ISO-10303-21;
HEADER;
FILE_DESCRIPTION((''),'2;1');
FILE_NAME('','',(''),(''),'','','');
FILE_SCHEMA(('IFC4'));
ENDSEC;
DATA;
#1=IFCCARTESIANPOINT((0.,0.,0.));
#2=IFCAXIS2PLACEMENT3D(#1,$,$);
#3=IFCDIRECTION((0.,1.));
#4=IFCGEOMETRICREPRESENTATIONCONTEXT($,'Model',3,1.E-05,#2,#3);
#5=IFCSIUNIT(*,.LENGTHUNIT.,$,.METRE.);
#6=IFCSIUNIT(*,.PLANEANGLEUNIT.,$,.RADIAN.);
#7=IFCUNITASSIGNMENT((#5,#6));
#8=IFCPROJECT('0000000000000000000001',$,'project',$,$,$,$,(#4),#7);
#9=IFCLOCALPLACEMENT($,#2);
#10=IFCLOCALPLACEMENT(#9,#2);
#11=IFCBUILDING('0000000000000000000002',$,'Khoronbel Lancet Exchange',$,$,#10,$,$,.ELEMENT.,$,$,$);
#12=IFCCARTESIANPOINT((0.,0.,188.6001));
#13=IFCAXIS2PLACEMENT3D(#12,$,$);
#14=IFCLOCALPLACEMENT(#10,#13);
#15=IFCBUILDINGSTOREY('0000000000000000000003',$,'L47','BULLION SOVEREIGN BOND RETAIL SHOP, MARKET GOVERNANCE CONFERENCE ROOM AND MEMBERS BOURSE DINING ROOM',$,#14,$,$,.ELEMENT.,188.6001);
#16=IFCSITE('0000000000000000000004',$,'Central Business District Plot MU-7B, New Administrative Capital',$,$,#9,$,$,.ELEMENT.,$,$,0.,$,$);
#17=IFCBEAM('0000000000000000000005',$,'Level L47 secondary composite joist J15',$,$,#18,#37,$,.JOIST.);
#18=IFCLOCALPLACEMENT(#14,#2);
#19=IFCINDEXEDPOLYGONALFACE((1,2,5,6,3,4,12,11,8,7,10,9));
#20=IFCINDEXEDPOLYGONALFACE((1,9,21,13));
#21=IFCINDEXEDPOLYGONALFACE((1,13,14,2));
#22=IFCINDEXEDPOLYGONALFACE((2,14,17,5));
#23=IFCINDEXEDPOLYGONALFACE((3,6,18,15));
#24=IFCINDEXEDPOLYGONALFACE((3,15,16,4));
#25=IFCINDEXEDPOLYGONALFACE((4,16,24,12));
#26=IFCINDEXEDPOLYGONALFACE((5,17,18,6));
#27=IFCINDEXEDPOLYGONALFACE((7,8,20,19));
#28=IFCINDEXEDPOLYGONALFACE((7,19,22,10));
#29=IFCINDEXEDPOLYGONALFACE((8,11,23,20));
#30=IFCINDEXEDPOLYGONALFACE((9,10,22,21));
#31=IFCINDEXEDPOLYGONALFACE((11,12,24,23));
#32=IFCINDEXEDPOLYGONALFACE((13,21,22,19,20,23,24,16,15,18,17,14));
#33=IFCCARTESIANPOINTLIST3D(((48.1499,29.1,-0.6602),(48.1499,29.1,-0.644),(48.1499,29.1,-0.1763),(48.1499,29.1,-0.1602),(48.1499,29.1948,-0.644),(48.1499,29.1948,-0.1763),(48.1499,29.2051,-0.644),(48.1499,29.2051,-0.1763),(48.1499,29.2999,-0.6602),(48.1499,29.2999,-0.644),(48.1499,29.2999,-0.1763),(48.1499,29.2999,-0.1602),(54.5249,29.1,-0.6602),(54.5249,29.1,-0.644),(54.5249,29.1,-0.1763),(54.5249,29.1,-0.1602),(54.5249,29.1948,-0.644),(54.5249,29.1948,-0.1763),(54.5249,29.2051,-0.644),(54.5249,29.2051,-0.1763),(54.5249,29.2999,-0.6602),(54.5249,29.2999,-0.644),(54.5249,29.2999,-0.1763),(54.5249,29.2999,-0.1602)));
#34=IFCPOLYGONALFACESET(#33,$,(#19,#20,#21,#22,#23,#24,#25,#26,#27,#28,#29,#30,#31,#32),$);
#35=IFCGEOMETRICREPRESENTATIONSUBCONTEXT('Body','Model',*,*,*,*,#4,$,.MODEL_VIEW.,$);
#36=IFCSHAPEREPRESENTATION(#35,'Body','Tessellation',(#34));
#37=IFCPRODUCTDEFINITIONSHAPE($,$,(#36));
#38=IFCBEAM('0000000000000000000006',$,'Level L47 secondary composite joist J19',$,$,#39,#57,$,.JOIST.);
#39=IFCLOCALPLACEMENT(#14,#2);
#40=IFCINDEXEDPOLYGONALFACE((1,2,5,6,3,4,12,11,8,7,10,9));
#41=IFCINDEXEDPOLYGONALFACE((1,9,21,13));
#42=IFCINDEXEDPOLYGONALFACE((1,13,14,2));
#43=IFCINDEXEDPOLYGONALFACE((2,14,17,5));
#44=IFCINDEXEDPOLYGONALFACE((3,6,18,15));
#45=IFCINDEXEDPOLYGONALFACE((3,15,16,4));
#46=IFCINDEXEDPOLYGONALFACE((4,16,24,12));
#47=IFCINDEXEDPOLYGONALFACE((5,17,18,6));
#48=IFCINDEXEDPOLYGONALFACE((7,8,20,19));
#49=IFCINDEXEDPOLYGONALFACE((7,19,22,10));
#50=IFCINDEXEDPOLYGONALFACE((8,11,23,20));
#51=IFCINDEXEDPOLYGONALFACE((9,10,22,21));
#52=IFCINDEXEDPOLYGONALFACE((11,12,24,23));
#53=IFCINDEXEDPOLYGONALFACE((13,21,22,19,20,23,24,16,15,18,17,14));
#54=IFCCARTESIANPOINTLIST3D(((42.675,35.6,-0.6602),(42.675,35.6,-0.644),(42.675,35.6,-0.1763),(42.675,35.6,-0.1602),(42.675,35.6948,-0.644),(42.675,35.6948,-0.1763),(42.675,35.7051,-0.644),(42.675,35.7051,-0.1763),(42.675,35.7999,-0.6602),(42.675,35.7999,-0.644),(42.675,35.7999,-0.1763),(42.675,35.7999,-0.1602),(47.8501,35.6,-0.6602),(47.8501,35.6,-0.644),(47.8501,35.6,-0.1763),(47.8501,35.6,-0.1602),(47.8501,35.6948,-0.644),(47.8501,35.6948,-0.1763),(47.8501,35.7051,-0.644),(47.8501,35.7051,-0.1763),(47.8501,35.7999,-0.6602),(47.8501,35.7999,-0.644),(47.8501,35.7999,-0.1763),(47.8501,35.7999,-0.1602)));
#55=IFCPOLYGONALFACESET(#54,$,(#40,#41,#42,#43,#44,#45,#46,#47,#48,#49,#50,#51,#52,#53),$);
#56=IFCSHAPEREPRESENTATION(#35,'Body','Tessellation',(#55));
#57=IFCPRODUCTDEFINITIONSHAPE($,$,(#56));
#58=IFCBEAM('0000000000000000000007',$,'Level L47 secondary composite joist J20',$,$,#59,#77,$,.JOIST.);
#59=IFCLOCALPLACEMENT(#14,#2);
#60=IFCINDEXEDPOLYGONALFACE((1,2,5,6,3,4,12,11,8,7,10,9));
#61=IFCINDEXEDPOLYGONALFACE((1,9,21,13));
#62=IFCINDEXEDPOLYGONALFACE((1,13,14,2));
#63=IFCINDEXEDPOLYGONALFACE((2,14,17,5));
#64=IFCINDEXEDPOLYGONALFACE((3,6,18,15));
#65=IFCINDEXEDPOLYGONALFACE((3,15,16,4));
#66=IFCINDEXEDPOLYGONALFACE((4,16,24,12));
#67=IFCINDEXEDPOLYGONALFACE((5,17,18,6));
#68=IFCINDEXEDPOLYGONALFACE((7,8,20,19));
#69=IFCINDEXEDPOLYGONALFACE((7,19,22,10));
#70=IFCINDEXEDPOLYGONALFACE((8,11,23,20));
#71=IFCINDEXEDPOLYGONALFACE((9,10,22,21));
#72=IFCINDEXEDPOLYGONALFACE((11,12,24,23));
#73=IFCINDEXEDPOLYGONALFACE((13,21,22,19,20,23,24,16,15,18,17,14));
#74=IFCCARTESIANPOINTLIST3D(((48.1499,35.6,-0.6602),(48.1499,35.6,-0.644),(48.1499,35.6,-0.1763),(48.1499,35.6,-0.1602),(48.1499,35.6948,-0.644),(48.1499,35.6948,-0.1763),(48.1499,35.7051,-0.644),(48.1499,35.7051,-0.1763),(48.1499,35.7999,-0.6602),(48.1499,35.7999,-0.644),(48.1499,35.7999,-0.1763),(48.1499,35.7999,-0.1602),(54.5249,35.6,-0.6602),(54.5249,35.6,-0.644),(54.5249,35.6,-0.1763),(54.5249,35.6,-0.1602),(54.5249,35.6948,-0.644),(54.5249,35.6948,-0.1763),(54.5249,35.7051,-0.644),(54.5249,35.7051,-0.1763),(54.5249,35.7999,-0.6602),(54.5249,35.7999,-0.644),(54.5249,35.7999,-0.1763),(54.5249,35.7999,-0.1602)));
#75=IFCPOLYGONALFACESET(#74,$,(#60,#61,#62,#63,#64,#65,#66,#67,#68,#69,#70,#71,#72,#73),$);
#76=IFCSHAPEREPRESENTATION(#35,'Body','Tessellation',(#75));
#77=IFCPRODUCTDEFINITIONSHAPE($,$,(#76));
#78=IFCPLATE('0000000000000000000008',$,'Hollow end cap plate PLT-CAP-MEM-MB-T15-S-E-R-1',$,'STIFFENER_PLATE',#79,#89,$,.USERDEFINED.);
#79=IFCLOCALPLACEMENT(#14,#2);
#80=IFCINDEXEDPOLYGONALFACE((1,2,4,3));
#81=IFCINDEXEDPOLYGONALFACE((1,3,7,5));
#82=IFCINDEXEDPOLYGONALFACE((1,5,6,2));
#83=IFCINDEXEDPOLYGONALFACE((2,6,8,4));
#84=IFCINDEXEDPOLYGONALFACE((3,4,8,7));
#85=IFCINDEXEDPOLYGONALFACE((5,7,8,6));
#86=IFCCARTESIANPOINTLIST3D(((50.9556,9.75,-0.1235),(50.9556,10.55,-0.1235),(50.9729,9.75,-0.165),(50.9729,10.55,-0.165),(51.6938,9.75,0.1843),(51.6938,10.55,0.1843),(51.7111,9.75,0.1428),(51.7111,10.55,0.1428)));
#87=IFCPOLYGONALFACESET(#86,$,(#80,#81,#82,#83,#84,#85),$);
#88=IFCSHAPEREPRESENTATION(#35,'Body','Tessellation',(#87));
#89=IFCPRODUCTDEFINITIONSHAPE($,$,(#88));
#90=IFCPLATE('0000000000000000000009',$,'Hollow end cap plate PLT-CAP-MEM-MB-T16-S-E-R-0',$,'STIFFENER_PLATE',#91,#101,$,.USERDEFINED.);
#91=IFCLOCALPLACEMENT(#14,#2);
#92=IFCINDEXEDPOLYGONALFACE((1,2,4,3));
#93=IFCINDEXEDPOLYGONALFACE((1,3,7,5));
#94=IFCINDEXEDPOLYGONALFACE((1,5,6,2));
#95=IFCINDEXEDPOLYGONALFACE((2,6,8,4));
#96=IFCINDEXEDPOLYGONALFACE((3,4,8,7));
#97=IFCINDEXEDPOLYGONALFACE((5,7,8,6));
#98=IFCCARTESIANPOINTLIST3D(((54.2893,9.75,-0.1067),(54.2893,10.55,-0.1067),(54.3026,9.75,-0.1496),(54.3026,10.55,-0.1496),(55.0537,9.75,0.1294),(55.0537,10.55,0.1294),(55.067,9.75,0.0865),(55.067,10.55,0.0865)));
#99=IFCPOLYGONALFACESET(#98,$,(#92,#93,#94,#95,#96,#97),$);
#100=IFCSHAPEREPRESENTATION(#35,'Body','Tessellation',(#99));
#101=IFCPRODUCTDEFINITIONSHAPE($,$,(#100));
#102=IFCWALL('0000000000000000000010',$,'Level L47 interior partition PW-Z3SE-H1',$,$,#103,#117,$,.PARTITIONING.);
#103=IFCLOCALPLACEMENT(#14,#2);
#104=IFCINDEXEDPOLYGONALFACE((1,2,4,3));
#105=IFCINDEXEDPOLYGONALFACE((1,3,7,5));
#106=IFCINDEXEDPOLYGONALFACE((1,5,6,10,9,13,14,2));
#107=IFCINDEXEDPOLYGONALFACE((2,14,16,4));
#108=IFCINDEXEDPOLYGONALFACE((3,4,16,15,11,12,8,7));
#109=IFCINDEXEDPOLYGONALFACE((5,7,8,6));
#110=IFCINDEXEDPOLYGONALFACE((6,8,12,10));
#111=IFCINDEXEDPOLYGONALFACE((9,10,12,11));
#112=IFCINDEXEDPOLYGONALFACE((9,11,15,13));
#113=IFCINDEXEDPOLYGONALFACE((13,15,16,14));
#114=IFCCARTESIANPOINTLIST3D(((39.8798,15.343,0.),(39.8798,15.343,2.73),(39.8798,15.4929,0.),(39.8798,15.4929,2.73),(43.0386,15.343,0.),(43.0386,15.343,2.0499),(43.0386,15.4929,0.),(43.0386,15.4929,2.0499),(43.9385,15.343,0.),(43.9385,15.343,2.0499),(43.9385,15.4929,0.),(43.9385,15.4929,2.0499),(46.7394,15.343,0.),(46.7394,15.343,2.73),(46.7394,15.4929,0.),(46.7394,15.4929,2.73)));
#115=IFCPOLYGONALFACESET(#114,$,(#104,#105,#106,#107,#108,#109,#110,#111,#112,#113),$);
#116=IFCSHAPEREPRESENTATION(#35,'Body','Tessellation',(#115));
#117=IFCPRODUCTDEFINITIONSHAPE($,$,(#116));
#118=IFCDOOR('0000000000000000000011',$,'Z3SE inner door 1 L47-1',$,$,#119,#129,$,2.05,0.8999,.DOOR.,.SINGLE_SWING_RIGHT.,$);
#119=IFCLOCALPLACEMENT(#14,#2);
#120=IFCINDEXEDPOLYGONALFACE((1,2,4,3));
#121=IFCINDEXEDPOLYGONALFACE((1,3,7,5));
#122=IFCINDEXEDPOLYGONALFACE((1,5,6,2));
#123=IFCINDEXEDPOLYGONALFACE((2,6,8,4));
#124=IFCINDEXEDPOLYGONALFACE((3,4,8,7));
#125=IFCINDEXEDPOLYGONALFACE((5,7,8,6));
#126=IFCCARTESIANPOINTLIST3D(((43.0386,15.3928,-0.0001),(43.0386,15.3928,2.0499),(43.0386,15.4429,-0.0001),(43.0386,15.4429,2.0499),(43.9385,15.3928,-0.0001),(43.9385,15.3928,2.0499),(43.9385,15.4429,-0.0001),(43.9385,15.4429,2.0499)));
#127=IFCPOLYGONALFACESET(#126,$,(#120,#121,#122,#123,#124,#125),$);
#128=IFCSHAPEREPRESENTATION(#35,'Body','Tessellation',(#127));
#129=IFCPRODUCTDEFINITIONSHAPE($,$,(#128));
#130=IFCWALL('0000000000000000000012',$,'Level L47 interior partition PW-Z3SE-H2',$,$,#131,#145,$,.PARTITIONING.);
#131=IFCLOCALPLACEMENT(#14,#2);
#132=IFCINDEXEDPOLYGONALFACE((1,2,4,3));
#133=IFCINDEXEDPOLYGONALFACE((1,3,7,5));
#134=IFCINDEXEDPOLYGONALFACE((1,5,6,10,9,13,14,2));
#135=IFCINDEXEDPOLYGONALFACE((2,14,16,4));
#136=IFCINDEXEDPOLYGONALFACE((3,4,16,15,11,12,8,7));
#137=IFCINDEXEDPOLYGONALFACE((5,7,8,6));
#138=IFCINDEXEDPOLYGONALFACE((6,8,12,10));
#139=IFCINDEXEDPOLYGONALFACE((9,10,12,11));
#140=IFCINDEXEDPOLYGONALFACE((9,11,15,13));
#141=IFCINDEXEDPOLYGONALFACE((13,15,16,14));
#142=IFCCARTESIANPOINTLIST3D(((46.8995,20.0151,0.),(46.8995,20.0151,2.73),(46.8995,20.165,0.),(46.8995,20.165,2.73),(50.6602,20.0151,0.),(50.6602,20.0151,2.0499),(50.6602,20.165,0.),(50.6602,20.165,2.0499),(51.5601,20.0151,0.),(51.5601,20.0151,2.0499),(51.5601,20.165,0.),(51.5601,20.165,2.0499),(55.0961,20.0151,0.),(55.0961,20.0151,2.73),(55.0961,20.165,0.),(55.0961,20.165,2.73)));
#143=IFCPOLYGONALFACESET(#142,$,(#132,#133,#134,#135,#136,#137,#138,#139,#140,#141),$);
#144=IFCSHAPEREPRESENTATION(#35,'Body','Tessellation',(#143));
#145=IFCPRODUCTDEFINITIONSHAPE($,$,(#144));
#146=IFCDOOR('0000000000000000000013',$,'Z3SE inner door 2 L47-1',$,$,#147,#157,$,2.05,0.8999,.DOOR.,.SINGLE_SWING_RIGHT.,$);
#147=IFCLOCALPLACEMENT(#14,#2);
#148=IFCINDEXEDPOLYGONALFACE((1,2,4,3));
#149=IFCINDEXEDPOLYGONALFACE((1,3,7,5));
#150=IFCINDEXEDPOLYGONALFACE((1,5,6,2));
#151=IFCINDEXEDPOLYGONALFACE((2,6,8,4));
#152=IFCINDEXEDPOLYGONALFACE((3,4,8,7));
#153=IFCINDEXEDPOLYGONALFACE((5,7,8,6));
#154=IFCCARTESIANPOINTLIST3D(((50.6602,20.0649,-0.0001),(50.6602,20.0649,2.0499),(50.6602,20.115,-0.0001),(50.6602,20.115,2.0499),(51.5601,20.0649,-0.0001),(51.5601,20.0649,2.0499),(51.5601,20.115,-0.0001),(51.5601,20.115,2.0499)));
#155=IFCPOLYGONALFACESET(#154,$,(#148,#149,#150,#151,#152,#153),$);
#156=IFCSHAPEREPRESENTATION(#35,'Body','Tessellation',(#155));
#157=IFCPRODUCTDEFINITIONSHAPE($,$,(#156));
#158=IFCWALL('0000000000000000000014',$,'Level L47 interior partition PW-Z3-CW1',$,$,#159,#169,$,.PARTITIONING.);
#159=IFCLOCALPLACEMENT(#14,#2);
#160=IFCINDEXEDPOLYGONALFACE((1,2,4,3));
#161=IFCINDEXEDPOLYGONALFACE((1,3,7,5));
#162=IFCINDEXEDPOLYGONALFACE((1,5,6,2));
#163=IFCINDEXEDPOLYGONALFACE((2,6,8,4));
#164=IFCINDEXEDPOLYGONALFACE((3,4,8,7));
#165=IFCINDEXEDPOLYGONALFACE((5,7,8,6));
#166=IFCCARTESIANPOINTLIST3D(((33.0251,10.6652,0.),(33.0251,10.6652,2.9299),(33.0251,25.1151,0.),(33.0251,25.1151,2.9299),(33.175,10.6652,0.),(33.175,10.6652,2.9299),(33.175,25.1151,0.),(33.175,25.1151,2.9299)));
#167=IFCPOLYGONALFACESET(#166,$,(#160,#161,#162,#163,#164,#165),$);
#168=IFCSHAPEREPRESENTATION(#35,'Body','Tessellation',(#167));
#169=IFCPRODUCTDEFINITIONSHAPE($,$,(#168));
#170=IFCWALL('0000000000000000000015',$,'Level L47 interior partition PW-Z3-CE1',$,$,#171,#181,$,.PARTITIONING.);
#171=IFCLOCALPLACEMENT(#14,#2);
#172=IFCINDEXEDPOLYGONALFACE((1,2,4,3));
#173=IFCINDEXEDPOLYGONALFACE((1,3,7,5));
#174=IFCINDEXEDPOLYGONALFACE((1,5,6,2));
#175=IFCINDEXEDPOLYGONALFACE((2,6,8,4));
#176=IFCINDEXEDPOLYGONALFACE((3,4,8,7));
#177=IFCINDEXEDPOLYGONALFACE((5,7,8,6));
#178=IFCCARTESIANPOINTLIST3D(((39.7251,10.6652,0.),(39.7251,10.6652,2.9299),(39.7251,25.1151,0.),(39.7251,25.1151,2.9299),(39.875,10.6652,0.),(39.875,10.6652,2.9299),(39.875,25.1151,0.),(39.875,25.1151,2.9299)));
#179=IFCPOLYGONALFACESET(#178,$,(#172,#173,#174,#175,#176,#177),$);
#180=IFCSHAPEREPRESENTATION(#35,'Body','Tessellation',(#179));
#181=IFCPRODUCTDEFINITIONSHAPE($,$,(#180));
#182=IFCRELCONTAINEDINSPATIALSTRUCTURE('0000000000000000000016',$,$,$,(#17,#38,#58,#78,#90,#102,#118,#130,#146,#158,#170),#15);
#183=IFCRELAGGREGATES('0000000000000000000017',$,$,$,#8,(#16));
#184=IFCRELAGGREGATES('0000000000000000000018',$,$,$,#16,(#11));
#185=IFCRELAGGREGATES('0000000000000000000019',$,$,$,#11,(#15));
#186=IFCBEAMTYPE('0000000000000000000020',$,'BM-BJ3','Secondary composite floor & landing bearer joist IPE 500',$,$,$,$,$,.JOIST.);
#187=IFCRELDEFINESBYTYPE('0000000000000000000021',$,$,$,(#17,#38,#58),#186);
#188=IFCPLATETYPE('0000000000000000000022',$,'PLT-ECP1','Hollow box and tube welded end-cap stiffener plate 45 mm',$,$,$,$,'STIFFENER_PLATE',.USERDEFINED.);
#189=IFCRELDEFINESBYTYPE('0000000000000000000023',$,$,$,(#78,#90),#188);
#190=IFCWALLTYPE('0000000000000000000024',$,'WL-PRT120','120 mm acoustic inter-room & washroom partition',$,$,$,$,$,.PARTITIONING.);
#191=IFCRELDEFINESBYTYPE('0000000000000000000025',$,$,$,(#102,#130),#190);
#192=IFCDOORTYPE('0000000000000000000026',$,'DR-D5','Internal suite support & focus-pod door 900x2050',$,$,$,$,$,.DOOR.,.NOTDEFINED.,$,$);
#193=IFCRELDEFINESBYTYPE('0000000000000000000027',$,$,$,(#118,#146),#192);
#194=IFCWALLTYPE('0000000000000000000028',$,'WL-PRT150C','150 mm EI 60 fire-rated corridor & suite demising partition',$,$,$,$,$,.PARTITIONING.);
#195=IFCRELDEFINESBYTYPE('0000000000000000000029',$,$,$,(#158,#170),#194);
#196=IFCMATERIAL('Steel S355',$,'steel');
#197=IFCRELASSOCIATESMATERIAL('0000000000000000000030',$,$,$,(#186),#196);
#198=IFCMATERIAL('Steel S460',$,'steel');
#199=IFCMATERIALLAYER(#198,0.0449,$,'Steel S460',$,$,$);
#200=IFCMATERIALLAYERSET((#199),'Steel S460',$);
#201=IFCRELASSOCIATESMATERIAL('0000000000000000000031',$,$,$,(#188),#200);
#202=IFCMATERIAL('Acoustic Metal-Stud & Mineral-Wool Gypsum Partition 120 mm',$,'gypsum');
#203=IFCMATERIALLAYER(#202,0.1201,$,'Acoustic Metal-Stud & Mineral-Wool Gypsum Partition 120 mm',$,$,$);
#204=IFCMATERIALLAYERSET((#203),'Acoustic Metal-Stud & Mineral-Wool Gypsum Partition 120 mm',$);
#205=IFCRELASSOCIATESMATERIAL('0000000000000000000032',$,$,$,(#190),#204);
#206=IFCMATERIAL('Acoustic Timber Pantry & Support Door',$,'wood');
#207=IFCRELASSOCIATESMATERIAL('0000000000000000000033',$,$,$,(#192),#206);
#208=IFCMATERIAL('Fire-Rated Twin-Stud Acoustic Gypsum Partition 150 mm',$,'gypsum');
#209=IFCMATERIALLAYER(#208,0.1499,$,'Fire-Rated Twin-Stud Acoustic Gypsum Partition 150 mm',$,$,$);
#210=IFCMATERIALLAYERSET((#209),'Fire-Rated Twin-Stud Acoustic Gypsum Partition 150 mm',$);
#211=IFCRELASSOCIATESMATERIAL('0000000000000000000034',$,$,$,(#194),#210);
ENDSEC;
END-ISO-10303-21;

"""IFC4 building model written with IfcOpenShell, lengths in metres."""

from ifc_helpers import new_model, si_unit, direction, frame, frame_2d, origin, origin_2d, place, context, subcontext, project, spatial, polyline, rectangle, i_section, outline, extrude, material, layer, layer_set, material_profile, profile_set, type_object, element, fill, save


model = new_model("IFC4")

# Units and contexts
model_context = context("Model", 3, precision=1e-05, world=origin(), true_north=direction((0.0, 1.0)))
body_context = subcontext(model_context, "Body", "Model", "MODEL_VIEW")
ifc_project = project(units=[si_unit("LENGTHUNIT", "METRE"), si_unit("PLANEANGLEUNIT", "RADIAN")], contexts=[model_context])

# Site, building, storey
site_placement = place(None, origin())
site = spatial("IfcSite", under=ifc_project, at=site_placement, Name="Central Business District Plot MU-7B, New Administrative Capital", CompositionType="ELEMENT", RefElevation=0.0)
building_placement = place(site_placement, origin())
building = spatial("IfcBuilding", under=site, at=building_placement, Name="Khoronbel Lancet Exchange", CompositionType="ELEMENT")
storey_placement = place(building_placement, frame((0.0, 0.0, 188.6001)))
storey = spatial("IfcBuildingStorey", under=building, at=storey_placement, Name="L47", Description="BULLION SOVEREIGN BOND RETAIL SHOP, MARKET GOVERNANCE CONFERENCE ROOM AND MEMBERS BOURSE DINING ROOM", CompositionType="ELEMENT", Elevation=188.6001)

# Shared definitions
ifc_material_1 = material(Name="Steel S355", Category="steel")

# Beams
ifc_material_profile_1 = material_profile(ifc_material_1, i_section(OverallWidth=0.2, OverallDepth=0.5, WebThickness=0.0103, FlangeThickness=0.0161, at=origin_2d()), Name="IPE 500")
ifc_profile_set_1 = profile_set([ifc_material_profile_1], Name="Steel S355")
beam_type_1 = type_object("IfcBeamType", Name="BM-BJ3", Description="Secondary composite floor & landing bearer joist IPE 500", PredefinedType="JOIST", material=ifc_profile_set_1)
beam_1_placement = place(storey_placement, frame((48.1499, 29.2, -0.4102), z_axis=(1.0, 0.0, 0.0), x_axis=(0.0, 1.0, 0.0)))
element("IfcBeam", 1, at=beam_1_placement, inside=storey, type_object=beam_type_1, Name="Level L47 secondary composite joist J15", PredefinedType="JOIST", context=body_context, shape_type="SweptSolid", body=[
    extrude(i_section(OverallWidth=0.2, OverallDepth=0.5, WebThickness=0.0103, FlangeThickness=0.0161, at=origin_2d()), origin(), (0.0, 0.0, 1.0), 6.375),
])
beam_2_placement = place(storey_placement, frame((42.675, 35.7, -0.4102), z_axis=(1.0, 0.0, 0.0), x_axis=(0.0, 1.0, 0.0)))
element("IfcBeam", 2, at=beam_2_placement, inside=storey, type_object=beam_type_1, Name="Level L47 secondary composite joist J19", PredefinedType="JOIST", context=body_context, shape_type="SweptSolid", body=[
    extrude(i_section(OverallWidth=0.2, OverallDepth=0.5, WebThickness=0.0103, FlangeThickness=0.0161, at=origin_2d()), origin(), (0.0, 0.0, 1.0), 5.175),
])
beam_3_placement = place(storey_placement, frame((48.1499, 35.7, -0.4102), z_axis=(1.0, 0.0, 0.0), x_axis=(0.0, 1.0, 0.0)))
element("IfcBeam", 3, at=beam_3_placement, inside=storey, type_object=beam_type_1, Name="Level L47 secondary composite joist J20", PredefinedType="JOIST", context=body_context, shape_type="SweptSolid", body=[
    extrude(i_section(OverallWidth=0.2, OverallDepth=0.5, WebThickness=0.0103, FlangeThickness=0.0161, at=origin_2d()), origin(), (0.0, 0.0, 1.0), 6.375),
])

# Plates
ifc_material_2 = material(Name="Steel S460", Category="steel")
ifc_layer_1 = layer(ifc_material_2, 0.0449, Name="Steel S460")
ifc_layer_set_1 = layer_set([ifc_layer_1], Name="Steel S460")
plate_type = type_object("IfcPlateType", Name="PLT-ECP1", Description="Hollow box and tube welded end-cap stiffener plate 45 mm", ElementType="STIFFENER_PLATE", PredefinedType="USERDEFINED", material=ifc_layer_set_1)
plate_1_placement = place(storey_placement, frame((50.9556, 10.55, -0.1235), z_axis=(-0.384875, 0.0, 0.922969), x_axis=(0.0, -1.0, 0.0)))
element("IfcPlate", 4, at=plate_1_placement, inside=storey, type_object=plate_type, Name="Hollow end cap plate PLT-CAP-MEM-MB-T15-S-E-R-1", ObjectType="STIFFENER_PLATE", PredefinedType="USERDEFINED", context=body_context, shape_type="SweptSolid", body=[
    extrude(outline(polyline([(0.0, 0.0), (0.8, 0.0), (0.8, 0.7998), (0.0, 0.7998), (0.0, 0.0)])), origin(), (0.0, 0.0, -1.0), 0.0449),
])
plate_2_placement = place(storey_placement, frame((54.2893, 10.55, -0.1067), z_axis=(-0.295094, 0.0, 0.955468), x_axis=(0.0, -1.0, 0.0)))
element("IfcPlate", 5, at=plate_2_placement, inside=storey, type_object=plate_type, Name="Hollow end cap plate PLT-CAP-MEM-MB-T16-S-E-R-0", ObjectType="STIFFENER_PLATE", PredefinedType="USERDEFINED", context=body_context, shape_type="SweptSolid", body=[
    extrude(outline(polyline([(0.0, 0.0), (0.8, 0.0), (0.8, 0.8), (0.0, 0.8), (0.0, 0.0)])), origin(), (0.0, 0.0, -1.0), 0.0449),
])

# Walls, openings, doors
ifc_material_3 = material(Name="Acoustic Metal-Stud & Mineral-Wool Gypsum Partition 120 mm", Category="gypsum")
ifc_layer_2 = layer(ifc_material_3, 0.1201, Name="Acoustic Metal-Stud & Mineral-Wool Gypsum Partition 120 mm")
ifc_layer_set_2 = layer_set([ifc_layer_2], Name="Acoustic Metal-Stud & Mineral-Wool Gypsum Partition 120 mm")
wall_type_1 = type_object("IfcWallType", Name="WL-PRT120", Description="120 mm acoustic inter-room & washroom partition", PredefinedType="PARTITIONING", material=ifc_layer_set_2)
wall_1_placement = place(storey_placement, frame((39.8799, 15.418, 0.0), z_axis=(0.0, 0.0, 1.0), x_axis=(1.0, 0.0, 0.0)))
wall_1 = element("IfcWall", 6, at=wall_1_placement, inside=storey, type_object=wall_type_1, Name="Level L47 interior partition PW-Z3SE-H1", PredefinedType="PARTITIONING", context=body_context, shape_type="SweptSolid", body=[
    extrude(rectangle(XDim=6.8596, YDim=0.1499, at=frame_2d((3.4297, 0.0))), origin(), (0.0, 0.0, 1.0), 2.73),
])
opening_1_placement = place(wall_1_placement, frame((3.1587, 0.0, 0.0)))
opening_1 = element("IfcOpeningElement", 7, at=opening_1_placement, cuts=wall_1, PredefinedType="OPENING", context=body_context, shape_type="SweptSolid", body=[
    extrude(rectangle(XDim=0.8999, YDim=2.05, at=frame_2d((0.45, 1.0249))), frame((0.0, 0.085, 0.0), z_axis=(0.0, -1.0, 0.0), x_axis=(1.0, 0.0, 0.0)), (0.0, 0.0, 1.0), 0.1699),
])
ifc_material_4 = material(Name="Acoustic Timber Pantry & Support Door", Category="wood")
door_type_1 = type_object("IfcDoorType", Name="DR-D5", Description="Internal suite support & focus-pod door 900x2050", OperationType="NOTDEFINED", PredefinedType="DOOR", material=ifc_material_4)
door_1_placement = place(opening_1_placement, origin())
door_1 = element("IfcDoor", 8, at=door_1_placement, inside=storey, type_object=door_type_1, Name="Z3SE inner door 1 L47-1", OperationType="SINGLE_SWING_RIGHT", OverallHeight=2.05, OverallWidth=0.8999, PredefinedType="DOOR", context=body_context, shape_type="SweptSolid", body=[
    extrude(rectangle(XDim=0.8999, YDim=2.05, at=frame_2d((0.45, 1.0249))), frame((0.0, 0.0249, 0.0), z_axis=(0.0, -1.0, 0.0), x_axis=(1.0, 0.0, 0.0)), (0.0, 0.0, 1.0), 0.05),
])
fill(opening_1, door_1)
wall_2_placement = place(storey_placement, frame((46.8997, 20.0901, 0.0), z_axis=(0.0, 0.0, 1.0), x_axis=(1.0, 0.0, 0.0)))
wall_2 = element("IfcWall", 9, at=wall_2_placement, inside=storey, type_object=wall_type_1, Name="Level L47 interior partition PW-Z3SE-H2", PredefinedType="PARTITIONING", context=body_context, shape_type="SweptSolid", body=[
    extrude(rectangle(XDim=8.1965, YDim=0.1499, at=frame_2d((4.0981, 0.0))), origin(), (0.0, 0.0, 1.0), 2.73),
])
opening_2_placement = place(wall_2_placement, frame((3.7605, 0.0, 0.0)))
opening_2 = element("IfcOpeningElement", 10, at=opening_2_placement, cuts=wall_2, PredefinedType="OPENING", context=body_context, shape_type="SweptSolid", body=[
    extrude(rectangle(XDim=0.8999, YDim=2.05, at=frame_2d((0.45, 1.0249))), frame((0.0, 0.085, 0.0), z_axis=(0.0, -1.0, 0.0), x_axis=(1.0, 0.0, 0.0)), (0.0, 0.0, 1.0), 0.1699),
])
door_2_placement = place(opening_2_placement, origin())
door_2 = element("IfcDoor", 11, at=door_2_placement, inside=storey, type_object=door_type_1, Name="Z3SE inner door 2 L47-1", OperationType="SINGLE_SWING_RIGHT", OverallHeight=2.05, OverallWidth=0.8999, PredefinedType="DOOR", context=body_context, shape_type="SweptSolid", body=[
    extrude(rectangle(XDim=0.8999, YDim=2.05, at=frame_2d((0.45, 1.0249))), frame((0.0, 0.0249, 0.0), z_axis=(0.0, -1.0, 0.0), x_axis=(1.0, 0.0, 0.0)), (0.0, 0.0, 1.0), 0.05),
])
fill(opening_2, door_2)

# Walls
ifc_material_5 = material(Name="Fire-Rated Twin-Stud Acoustic Gypsum Partition 150 mm", Category="gypsum")
ifc_layer_3 = layer(ifc_material_5, 0.1499, Name="Fire-Rated Twin-Stud Acoustic Gypsum Partition 150 mm")
ifc_layer_set_3 = layer_set([ifc_layer_3], Name="Fire-Rated Twin-Stud Acoustic Gypsum Partition 150 mm")
wall_type_2 = type_object("IfcWallType", Name="WL-PRT150C", Description="150 mm EI 60 fire-rated corridor & suite demising partition", PredefinedType="PARTITIONING", material=ifc_layer_set_3)
for number, where, z_axis, x_axis, name in (
    (12, (33.1001, 10.665, 0.0), (0.0, 0.0, 1.0), (0.0, 1.0, 0.0), "Level L47 interior partition PW-Z3-CW1"),
    (13, (39.8, 10.665, 0.0), (0.0, 0.0, 1.0), (0.0, 1.0, 0.0), "Level L47 interior partition PW-Z3-CE1"),
):
    element("IfcWall", number, at=place(storey_placement, frame(where, z_axis=z_axis, x_axis=x_axis)), inside=storey, type_object=wall_type_2, Name=name, PredefinedType="PARTITIONING", context=body_context, shape_type="SweptSolid", body=[
        extrude(rectangle(XDim=14.45, YDim=0.1499, at=frame_2d((7.2251, 0.0))), origin(), (0.0, 0.0, 1.0), 2.9299),
    ])

save(model, "model.ifc")
